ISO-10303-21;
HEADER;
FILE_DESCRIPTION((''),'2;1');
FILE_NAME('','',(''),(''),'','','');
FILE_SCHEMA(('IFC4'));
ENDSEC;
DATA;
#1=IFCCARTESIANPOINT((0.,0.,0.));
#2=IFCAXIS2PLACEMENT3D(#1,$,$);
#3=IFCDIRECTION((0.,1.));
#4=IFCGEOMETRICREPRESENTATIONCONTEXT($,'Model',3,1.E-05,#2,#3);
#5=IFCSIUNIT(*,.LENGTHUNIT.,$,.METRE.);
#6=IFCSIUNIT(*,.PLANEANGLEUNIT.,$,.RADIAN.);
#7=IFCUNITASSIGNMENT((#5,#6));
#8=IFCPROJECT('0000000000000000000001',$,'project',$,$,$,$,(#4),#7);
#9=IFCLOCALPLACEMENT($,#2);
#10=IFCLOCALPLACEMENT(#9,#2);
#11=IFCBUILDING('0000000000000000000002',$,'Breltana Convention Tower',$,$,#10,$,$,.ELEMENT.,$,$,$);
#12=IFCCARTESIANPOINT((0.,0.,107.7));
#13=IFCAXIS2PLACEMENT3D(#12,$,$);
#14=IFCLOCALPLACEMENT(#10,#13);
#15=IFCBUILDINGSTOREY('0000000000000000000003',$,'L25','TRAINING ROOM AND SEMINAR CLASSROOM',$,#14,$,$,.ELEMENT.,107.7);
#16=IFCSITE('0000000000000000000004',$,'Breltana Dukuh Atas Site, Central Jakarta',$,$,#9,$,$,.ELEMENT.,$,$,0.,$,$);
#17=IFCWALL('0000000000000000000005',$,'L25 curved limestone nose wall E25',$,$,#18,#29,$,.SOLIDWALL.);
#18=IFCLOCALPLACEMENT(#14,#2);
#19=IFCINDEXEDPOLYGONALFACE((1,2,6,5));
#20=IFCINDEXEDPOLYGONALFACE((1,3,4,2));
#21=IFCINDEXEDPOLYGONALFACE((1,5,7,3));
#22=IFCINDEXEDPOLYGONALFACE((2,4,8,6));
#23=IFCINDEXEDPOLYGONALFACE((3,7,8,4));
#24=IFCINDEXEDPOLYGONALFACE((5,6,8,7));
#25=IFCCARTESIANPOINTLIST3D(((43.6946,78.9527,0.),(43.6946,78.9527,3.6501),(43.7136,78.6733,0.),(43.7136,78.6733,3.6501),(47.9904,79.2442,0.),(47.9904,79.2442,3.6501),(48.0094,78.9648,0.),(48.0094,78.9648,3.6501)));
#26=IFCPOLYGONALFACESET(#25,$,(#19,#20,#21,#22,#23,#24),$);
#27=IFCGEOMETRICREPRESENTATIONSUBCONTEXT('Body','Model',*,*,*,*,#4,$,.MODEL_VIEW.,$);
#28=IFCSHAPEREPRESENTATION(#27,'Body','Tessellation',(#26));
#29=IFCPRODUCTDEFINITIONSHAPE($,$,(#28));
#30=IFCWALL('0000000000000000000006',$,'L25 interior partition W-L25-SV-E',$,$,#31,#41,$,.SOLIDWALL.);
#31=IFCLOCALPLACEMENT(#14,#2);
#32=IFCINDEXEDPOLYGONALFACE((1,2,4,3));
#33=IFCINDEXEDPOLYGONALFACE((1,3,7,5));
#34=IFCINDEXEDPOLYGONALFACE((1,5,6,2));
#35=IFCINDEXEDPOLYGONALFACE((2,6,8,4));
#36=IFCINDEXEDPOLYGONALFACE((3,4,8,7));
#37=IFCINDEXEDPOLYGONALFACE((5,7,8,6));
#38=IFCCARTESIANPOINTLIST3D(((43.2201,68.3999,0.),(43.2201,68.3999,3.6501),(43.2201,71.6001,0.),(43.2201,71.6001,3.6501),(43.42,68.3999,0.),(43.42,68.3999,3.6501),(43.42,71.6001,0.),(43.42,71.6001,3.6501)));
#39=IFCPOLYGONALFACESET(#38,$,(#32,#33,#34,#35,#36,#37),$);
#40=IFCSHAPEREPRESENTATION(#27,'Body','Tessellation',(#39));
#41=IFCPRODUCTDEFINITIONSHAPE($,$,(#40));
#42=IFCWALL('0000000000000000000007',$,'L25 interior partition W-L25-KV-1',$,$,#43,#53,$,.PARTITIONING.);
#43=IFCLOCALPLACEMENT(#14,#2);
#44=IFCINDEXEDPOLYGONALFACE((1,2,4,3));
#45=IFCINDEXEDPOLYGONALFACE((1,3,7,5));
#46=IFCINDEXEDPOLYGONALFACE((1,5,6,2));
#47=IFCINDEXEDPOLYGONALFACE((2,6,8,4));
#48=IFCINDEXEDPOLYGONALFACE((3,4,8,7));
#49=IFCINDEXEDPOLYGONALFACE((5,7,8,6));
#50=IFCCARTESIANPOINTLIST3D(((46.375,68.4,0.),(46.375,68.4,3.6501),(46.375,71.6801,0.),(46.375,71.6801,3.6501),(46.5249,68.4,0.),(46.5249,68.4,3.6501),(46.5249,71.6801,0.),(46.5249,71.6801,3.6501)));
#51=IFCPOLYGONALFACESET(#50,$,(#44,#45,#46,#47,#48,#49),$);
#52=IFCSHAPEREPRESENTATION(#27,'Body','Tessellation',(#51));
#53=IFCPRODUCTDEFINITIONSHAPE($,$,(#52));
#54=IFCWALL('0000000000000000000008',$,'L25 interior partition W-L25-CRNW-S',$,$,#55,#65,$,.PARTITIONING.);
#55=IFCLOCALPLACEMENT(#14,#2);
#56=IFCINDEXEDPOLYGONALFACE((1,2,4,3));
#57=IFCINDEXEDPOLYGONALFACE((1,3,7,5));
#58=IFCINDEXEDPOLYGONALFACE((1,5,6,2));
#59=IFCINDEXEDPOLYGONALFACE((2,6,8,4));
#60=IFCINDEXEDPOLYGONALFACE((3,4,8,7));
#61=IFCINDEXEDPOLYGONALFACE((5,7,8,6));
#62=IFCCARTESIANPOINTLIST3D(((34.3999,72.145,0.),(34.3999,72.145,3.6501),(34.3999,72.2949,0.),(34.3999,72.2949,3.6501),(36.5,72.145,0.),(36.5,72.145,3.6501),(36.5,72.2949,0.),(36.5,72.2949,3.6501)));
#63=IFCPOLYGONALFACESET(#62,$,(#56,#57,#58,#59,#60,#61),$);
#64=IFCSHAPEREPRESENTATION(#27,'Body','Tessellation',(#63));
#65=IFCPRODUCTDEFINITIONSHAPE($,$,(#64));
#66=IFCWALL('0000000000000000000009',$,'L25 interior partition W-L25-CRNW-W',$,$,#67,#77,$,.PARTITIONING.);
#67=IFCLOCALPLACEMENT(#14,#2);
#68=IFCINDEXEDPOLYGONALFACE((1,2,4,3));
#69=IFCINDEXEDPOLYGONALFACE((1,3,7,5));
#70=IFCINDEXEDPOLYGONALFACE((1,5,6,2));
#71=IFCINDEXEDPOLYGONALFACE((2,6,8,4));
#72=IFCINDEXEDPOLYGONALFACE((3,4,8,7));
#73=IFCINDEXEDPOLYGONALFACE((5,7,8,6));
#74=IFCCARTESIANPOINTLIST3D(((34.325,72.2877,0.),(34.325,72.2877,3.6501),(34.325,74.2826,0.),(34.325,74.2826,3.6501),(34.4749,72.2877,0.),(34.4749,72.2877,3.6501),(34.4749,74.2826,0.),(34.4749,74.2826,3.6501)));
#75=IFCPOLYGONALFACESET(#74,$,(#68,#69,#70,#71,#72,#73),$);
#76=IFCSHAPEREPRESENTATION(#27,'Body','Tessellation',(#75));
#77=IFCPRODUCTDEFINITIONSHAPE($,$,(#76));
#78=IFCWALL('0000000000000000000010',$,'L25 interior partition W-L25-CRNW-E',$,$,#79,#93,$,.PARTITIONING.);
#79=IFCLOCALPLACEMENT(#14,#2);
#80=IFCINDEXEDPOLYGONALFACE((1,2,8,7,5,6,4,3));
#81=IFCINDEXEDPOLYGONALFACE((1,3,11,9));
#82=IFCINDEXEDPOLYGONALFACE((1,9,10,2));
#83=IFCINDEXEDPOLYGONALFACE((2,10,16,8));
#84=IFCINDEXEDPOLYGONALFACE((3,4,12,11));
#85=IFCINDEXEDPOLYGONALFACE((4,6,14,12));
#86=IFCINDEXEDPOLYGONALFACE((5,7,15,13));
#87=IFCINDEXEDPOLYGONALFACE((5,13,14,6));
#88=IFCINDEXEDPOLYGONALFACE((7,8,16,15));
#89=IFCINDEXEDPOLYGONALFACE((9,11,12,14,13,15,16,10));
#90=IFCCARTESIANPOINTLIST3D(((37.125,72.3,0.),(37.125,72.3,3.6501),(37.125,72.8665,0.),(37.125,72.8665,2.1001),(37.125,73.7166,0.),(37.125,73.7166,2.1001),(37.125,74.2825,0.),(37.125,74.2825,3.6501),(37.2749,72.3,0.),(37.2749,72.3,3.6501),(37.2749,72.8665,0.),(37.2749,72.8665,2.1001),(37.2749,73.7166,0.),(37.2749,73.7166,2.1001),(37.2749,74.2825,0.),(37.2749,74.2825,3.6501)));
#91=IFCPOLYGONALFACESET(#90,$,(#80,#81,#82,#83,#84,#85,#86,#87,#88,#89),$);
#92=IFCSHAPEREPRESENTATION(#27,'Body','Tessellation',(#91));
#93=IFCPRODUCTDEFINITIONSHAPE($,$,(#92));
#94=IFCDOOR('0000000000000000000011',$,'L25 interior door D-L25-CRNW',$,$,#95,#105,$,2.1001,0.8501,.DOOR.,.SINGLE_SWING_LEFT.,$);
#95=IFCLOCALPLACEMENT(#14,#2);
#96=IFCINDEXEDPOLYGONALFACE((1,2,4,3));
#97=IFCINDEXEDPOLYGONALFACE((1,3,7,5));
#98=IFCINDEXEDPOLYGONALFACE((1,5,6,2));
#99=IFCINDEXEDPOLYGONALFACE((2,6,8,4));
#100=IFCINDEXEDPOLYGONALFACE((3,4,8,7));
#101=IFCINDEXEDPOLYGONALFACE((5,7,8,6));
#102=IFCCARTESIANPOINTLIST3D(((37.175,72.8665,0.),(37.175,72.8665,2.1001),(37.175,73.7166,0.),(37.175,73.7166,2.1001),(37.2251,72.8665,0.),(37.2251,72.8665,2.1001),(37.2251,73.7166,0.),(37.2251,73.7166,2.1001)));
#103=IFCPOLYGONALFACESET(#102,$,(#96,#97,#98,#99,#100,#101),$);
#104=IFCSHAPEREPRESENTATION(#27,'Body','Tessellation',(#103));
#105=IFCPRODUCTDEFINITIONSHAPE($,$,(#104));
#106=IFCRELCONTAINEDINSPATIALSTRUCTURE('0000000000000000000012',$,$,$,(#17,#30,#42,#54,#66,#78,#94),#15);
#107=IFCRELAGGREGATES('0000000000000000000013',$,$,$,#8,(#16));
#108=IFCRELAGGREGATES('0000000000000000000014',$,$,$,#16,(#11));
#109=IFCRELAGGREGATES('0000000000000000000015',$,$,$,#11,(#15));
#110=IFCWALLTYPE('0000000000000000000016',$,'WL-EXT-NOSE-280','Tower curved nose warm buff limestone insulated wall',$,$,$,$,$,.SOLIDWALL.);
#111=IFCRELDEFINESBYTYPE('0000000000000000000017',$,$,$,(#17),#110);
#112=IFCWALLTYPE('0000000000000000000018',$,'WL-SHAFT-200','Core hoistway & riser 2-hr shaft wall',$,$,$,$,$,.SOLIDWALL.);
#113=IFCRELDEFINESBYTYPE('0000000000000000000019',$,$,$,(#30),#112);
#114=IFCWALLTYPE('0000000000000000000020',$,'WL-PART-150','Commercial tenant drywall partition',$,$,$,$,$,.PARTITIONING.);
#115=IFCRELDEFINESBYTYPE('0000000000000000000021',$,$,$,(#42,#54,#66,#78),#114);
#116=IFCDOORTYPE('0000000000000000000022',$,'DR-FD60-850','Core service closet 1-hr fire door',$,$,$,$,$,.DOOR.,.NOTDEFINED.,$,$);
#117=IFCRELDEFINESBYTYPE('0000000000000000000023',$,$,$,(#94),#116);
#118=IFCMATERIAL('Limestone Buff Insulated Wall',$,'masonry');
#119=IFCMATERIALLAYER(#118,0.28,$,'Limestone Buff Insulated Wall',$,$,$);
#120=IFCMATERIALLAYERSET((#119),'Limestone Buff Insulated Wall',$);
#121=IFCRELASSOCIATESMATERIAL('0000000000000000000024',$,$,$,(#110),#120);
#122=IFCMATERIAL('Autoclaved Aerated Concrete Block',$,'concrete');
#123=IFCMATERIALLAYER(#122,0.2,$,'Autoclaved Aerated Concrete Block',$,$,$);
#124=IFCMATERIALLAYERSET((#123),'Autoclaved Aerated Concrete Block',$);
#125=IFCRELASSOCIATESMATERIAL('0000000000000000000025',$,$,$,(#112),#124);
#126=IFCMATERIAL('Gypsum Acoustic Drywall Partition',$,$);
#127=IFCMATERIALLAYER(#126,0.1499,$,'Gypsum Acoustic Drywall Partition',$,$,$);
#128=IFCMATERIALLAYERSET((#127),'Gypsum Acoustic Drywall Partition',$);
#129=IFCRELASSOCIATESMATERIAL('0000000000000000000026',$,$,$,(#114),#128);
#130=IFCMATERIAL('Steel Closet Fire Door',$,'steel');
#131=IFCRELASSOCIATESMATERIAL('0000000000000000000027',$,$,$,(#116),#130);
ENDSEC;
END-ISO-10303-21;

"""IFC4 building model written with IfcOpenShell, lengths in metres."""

from ifc_helpers import new_model, si_unit, direction, frame, frame_2d, origin, place, context, subcontext, project, spatial, rectangle, extrude, source, transform, mapped, material, layer, layer_set, type_object, type_shapes, element, fill, save


model = new_model("IFC4")

# Units and contexts
model_context = context("Model", 3, precision=1e-05, world=origin(), true_north=direction((0.0, 1.0)))
body_context = subcontext(model_context, "Body", "Model", "MODEL_VIEW")
ifc_project = project(units=[si_unit("LENGTHUNIT", "METRE"), si_unit("PLANEANGLEUNIT", "RADIAN")], contexts=[model_context])

# Site, building, storey
site_placement = place(None, origin())
site = spatial("IfcSite", under=ifc_project, at=site_placement, Name="Breltana Dukuh Atas Site, Central Jakarta", CompositionType="ELEMENT", RefElevation=0.0)
building_placement = place(site_placement, origin())
building = spatial("IfcBuilding", under=site, at=building_placement, Name="Breltana Convention Tower", CompositionType="ELEMENT")
storey_placement = place(building_placement, frame((0.0, 0.0, 107.7)))
storey = spatial("IfcBuildingStorey", under=building, at=storey_placement, Name="L25", Description="TRAINING ROOM AND SEMINAR CLASSROOM", CompositionType="ELEMENT", Elevation=107.7)

# Walls
ifc_material_1 = material(Name="Limestone Buff Insulated Wall", Category="masonry")
ifc_layer_1 = layer(ifc_material_1, 0.28, Name="Limestone Buff Insulated Wall")
ifc_layer_set_1 = layer_set([ifc_layer_1], Name="Limestone Buff Insulated Wall")
wall_type_1 = type_object("IfcWallType", Name="WL-EXT-NOSE-280", Description="Tower curved nose warm buff limestone insulated wall", PredefinedType="SOLIDWALL", material=ifc_layer_set_1)
shared_shape_1 = source(origin(), body_context, "Body", "SweptSolid", [
    extrude(rectangle(XDim=4.3057, YDim=0.28, at=frame_2d((2.1528, 0.0))), origin(), (0.0, 0.0, 1.0), 3.6501),
])
wall_1_placement = place(storey_placement, frame((43.7041, 78.813, 0.0), z_axis=(0.0, 0.0, 1.0), x_axis=(0.997706, 0.067701, 0.0)))
element("IfcWall", 1, at=wall_1_placement, inside=storey, type_object=wall_type_1, Name="L25 curved limestone nose wall E25", PredefinedType="SOLIDWALL", context=body_context, shape_type="MappedRepresentation", body=[
    mapped(shared_shape_1, transform((0.0, 0.0, 0.0), scale=1.0)),
])
ifc_material_2 = material(Name="Autoclaved Aerated Concrete Block", Category="concrete")
ifc_layer_2 = layer(ifc_material_2, 0.2, Name="Autoclaved Aerated Concrete Block")
ifc_layer_set_2 = layer_set([ifc_layer_2], Name="Autoclaved Aerated Concrete Block")
wall_type_2 = type_object("IfcWallType", Name="WL-SHAFT-200", Description="Core hoistway & riser 2-hr shaft wall", PredefinedType="SOLIDWALL", material=ifc_layer_set_2)
shared_shape_2 = source(origin(), body_context, "Body", "SweptSolid", [
    extrude(rectangle(XDim=3.2002, YDim=0.2, at=frame_2d((1.6001, 0.0))), origin(), (0.0, 0.0, 1.0), 3.6501),
])
wall_2_placement = place(storey_placement, frame((43.3201, 68.3999, 0.0), z_axis=(0.0, 0.0, 1.0), x_axis=(0.0, 1.0, 0.0)))
element("IfcWall", 2, at=wall_2_placement, inside=storey, type_object=wall_type_2, Name="L25 interior partition W-L25-SV-E", PredefinedType="SOLIDWALL", context=body_context, shape_type="MappedRepresentation", body=[
    mapped(shared_shape_2, transform((0.0, 0.0, 0.0), scale=1.0)),
])
ifc_material_3 = material(Name="Gypsum Acoustic Drywall Partition")
ifc_layer_3 = layer(ifc_material_3, 0.1499, Name="Gypsum Acoustic Drywall Partition")
ifc_layer_set_3 = layer_set([ifc_layer_3], Name="Gypsum Acoustic Drywall Partition")
wall_type_3 = type_object("IfcWallType", Name="WL-PART-150", Description="Commercial tenant drywall partition", PredefinedType="PARTITIONING", material=ifc_layer_set_3)
shared_shape_3 = source(origin(), body_context, "Body", "SweptSolid", [
    extrude(rectangle(XDim=3.28, YDim=0.1499, at=frame_2d((1.6401, 0.0))), origin(), (0.0, 0.0, 1.0), 3.6501),
])
wall_3_placement = place(storey_placement, frame((46.45, 68.3999, 0.0), z_axis=(0.0, 0.0, 1.0), x_axis=(0.0, 1.0, 0.0)))
element("IfcWall", 3, at=wall_3_placement, inside=storey, type_object=wall_type_3, Name="L25 interior partition W-L25-KV-1", PredefinedType="PARTITIONING", context=body_context, shape_type="MappedRepresentation", body=[
    mapped(shared_shape_3, transform((0.0, 0.0, 0.0), scale=1.0)),
])
shared_shape_4 = source(origin(), body_context, "Body", "SweptSolid", [
    extrude(rectangle(XDim=2.1001, YDim=0.1499, at=frame_2d((1.05, 0.0))), origin(), (0.0, 0.0, 1.0), 3.6501),
])
wall_4_placement = place(storey_placement, frame((34.3999, 72.22, 0.0), z_axis=(0.0, 0.0, 1.0), x_axis=(1.0, 0.0, 0.0)))
element("IfcWall", 4, at=wall_4_placement, inside=storey, type_object=wall_type_3, Name="L25 interior partition W-L25-CRNW-S", PredefinedType="PARTITIONING", context=body_context, shape_type="MappedRepresentation", body=[
    mapped(shared_shape_4, transform((0.0, 0.0, 0.0), scale=1.0)),
])

# Wall
shared_shape_5 = source(origin(), body_context, "Body", "SweptSolid", [
    extrude(rectangle(XDim=1.9949, YDim=0.1499, at=frame_2d((0.9976, 0.0))), origin(), (0.0, 0.0, 1.0), 3.6501),
])
wall_5_placement = place(storey_placement, frame((34.3999, 72.2876, 0.0), z_axis=(0.0, 0.0, 1.0), x_axis=(0.0, 1.0, 0.0)))
element("IfcWall", 5, at=wall_5_placement, inside=storey, type_object=wall_type_3, Name="L25 interior partition W-L25-CRNW-W", PredefinedType="PARTITIONING", context=body_context, shape_type="MappedRepresentation", body=[
    mapped(shared_shape_5, transform((0.0, 0.0, 0.0), scale=1.0)),
])

# Wall, opening, door
shared_shape_6 = source(origin(), body_context, "Body", "SweptSolid", [
    extrude(rectangle(XDim=1.9824, YDim=0.1499, at=frame_2d((0.9912, 0.0))), origin(), (0.0, 0.0, 1.0), 3.6501),
])
wall_6_placement = place(storey_placement, frame((37.2, 72.3, 0.0), z_axis=(0.0, 0.0, 1.0), x_axis=(0.0, 1.0, 0.0)))
wall_6 = element("IfcWall", 6, at=wall_6_placement, inside=storey, type_object=wall_type_3, Name="L25 interior partition W-L25-CRNW-E", PredefinedType="PARTITIONING", context=body_context, shape_type="MappedRepresentation", body=[
    mapped(shared_shape_6, transform((0.0, 0.0, 0.0), scale=1.0)),
])
opening_1_placement = place(wall_6_placement, frame((0.5664, 0.0, 0.0)))
opening_1 = element("IfcOpeningElement", 7, at=opening_1_placement, cuts=wall_6, PredefinedType="OPENING", context=body_context, shape_type="SweptSolid", body=[
    extrude(rectangle(XDim=0.8501, YDim=2.1001, at=frame_2d((0.425, 1.05))), frame((0.0, 0.085, 0.0), z_axis=(0.0, -1.0, 0.0), x_axis=(1.0, 0.0, 0.0)), (0.0, 0.0, 1.0), 0.1699),
])
ifc_material_4 = material(Name="Steel Closet Fire Door", Category="steel")
door_type_1 = type_object("IfcDoorType", Name="DR-FD60-850", Description="Core service closet 1-hr fire door", OperationType="NOTDEFINED", PredefinedType="DOOR", material=ifc_material_4)
shared_shape_7 = source(origin(), body_context, "Body", "SweptSolid", [
    extrude(rectangle(XDim=0.8501, YDim=2.1001, at=frame_2d((0.425, 1.05))), frame((0.0, 0.0249, 0.0), z_axis=(0.0, -1.0, 0.0), x_axis=(1.0, 0.0, 0.0)), (0.0, 0.0, 1.0), 0.05),
])
type_shapes(door_type_1, [shared_shape_7])
door_1_placement = place(opening_1_placement, origin())
door_1 = element("IfcDoor", 8, at=door_1_placement, inside=storey, type_object=door_type_1, Name="L25 interior door D-L25-CRNW", OperationType="SINGLE_SWING_LEFT", OverallHeight=2.1001, OverallWidth=0.8501, PredefinedType="DOOR", context=body_context, shape_type="MappedRepresentation", body=[
    mapped(shared_shape_7, transform((0.0, 0.0, 0.0), scale=1.0)),
])
fill(opening_1, door_1)

save(model, "model.ifc")
